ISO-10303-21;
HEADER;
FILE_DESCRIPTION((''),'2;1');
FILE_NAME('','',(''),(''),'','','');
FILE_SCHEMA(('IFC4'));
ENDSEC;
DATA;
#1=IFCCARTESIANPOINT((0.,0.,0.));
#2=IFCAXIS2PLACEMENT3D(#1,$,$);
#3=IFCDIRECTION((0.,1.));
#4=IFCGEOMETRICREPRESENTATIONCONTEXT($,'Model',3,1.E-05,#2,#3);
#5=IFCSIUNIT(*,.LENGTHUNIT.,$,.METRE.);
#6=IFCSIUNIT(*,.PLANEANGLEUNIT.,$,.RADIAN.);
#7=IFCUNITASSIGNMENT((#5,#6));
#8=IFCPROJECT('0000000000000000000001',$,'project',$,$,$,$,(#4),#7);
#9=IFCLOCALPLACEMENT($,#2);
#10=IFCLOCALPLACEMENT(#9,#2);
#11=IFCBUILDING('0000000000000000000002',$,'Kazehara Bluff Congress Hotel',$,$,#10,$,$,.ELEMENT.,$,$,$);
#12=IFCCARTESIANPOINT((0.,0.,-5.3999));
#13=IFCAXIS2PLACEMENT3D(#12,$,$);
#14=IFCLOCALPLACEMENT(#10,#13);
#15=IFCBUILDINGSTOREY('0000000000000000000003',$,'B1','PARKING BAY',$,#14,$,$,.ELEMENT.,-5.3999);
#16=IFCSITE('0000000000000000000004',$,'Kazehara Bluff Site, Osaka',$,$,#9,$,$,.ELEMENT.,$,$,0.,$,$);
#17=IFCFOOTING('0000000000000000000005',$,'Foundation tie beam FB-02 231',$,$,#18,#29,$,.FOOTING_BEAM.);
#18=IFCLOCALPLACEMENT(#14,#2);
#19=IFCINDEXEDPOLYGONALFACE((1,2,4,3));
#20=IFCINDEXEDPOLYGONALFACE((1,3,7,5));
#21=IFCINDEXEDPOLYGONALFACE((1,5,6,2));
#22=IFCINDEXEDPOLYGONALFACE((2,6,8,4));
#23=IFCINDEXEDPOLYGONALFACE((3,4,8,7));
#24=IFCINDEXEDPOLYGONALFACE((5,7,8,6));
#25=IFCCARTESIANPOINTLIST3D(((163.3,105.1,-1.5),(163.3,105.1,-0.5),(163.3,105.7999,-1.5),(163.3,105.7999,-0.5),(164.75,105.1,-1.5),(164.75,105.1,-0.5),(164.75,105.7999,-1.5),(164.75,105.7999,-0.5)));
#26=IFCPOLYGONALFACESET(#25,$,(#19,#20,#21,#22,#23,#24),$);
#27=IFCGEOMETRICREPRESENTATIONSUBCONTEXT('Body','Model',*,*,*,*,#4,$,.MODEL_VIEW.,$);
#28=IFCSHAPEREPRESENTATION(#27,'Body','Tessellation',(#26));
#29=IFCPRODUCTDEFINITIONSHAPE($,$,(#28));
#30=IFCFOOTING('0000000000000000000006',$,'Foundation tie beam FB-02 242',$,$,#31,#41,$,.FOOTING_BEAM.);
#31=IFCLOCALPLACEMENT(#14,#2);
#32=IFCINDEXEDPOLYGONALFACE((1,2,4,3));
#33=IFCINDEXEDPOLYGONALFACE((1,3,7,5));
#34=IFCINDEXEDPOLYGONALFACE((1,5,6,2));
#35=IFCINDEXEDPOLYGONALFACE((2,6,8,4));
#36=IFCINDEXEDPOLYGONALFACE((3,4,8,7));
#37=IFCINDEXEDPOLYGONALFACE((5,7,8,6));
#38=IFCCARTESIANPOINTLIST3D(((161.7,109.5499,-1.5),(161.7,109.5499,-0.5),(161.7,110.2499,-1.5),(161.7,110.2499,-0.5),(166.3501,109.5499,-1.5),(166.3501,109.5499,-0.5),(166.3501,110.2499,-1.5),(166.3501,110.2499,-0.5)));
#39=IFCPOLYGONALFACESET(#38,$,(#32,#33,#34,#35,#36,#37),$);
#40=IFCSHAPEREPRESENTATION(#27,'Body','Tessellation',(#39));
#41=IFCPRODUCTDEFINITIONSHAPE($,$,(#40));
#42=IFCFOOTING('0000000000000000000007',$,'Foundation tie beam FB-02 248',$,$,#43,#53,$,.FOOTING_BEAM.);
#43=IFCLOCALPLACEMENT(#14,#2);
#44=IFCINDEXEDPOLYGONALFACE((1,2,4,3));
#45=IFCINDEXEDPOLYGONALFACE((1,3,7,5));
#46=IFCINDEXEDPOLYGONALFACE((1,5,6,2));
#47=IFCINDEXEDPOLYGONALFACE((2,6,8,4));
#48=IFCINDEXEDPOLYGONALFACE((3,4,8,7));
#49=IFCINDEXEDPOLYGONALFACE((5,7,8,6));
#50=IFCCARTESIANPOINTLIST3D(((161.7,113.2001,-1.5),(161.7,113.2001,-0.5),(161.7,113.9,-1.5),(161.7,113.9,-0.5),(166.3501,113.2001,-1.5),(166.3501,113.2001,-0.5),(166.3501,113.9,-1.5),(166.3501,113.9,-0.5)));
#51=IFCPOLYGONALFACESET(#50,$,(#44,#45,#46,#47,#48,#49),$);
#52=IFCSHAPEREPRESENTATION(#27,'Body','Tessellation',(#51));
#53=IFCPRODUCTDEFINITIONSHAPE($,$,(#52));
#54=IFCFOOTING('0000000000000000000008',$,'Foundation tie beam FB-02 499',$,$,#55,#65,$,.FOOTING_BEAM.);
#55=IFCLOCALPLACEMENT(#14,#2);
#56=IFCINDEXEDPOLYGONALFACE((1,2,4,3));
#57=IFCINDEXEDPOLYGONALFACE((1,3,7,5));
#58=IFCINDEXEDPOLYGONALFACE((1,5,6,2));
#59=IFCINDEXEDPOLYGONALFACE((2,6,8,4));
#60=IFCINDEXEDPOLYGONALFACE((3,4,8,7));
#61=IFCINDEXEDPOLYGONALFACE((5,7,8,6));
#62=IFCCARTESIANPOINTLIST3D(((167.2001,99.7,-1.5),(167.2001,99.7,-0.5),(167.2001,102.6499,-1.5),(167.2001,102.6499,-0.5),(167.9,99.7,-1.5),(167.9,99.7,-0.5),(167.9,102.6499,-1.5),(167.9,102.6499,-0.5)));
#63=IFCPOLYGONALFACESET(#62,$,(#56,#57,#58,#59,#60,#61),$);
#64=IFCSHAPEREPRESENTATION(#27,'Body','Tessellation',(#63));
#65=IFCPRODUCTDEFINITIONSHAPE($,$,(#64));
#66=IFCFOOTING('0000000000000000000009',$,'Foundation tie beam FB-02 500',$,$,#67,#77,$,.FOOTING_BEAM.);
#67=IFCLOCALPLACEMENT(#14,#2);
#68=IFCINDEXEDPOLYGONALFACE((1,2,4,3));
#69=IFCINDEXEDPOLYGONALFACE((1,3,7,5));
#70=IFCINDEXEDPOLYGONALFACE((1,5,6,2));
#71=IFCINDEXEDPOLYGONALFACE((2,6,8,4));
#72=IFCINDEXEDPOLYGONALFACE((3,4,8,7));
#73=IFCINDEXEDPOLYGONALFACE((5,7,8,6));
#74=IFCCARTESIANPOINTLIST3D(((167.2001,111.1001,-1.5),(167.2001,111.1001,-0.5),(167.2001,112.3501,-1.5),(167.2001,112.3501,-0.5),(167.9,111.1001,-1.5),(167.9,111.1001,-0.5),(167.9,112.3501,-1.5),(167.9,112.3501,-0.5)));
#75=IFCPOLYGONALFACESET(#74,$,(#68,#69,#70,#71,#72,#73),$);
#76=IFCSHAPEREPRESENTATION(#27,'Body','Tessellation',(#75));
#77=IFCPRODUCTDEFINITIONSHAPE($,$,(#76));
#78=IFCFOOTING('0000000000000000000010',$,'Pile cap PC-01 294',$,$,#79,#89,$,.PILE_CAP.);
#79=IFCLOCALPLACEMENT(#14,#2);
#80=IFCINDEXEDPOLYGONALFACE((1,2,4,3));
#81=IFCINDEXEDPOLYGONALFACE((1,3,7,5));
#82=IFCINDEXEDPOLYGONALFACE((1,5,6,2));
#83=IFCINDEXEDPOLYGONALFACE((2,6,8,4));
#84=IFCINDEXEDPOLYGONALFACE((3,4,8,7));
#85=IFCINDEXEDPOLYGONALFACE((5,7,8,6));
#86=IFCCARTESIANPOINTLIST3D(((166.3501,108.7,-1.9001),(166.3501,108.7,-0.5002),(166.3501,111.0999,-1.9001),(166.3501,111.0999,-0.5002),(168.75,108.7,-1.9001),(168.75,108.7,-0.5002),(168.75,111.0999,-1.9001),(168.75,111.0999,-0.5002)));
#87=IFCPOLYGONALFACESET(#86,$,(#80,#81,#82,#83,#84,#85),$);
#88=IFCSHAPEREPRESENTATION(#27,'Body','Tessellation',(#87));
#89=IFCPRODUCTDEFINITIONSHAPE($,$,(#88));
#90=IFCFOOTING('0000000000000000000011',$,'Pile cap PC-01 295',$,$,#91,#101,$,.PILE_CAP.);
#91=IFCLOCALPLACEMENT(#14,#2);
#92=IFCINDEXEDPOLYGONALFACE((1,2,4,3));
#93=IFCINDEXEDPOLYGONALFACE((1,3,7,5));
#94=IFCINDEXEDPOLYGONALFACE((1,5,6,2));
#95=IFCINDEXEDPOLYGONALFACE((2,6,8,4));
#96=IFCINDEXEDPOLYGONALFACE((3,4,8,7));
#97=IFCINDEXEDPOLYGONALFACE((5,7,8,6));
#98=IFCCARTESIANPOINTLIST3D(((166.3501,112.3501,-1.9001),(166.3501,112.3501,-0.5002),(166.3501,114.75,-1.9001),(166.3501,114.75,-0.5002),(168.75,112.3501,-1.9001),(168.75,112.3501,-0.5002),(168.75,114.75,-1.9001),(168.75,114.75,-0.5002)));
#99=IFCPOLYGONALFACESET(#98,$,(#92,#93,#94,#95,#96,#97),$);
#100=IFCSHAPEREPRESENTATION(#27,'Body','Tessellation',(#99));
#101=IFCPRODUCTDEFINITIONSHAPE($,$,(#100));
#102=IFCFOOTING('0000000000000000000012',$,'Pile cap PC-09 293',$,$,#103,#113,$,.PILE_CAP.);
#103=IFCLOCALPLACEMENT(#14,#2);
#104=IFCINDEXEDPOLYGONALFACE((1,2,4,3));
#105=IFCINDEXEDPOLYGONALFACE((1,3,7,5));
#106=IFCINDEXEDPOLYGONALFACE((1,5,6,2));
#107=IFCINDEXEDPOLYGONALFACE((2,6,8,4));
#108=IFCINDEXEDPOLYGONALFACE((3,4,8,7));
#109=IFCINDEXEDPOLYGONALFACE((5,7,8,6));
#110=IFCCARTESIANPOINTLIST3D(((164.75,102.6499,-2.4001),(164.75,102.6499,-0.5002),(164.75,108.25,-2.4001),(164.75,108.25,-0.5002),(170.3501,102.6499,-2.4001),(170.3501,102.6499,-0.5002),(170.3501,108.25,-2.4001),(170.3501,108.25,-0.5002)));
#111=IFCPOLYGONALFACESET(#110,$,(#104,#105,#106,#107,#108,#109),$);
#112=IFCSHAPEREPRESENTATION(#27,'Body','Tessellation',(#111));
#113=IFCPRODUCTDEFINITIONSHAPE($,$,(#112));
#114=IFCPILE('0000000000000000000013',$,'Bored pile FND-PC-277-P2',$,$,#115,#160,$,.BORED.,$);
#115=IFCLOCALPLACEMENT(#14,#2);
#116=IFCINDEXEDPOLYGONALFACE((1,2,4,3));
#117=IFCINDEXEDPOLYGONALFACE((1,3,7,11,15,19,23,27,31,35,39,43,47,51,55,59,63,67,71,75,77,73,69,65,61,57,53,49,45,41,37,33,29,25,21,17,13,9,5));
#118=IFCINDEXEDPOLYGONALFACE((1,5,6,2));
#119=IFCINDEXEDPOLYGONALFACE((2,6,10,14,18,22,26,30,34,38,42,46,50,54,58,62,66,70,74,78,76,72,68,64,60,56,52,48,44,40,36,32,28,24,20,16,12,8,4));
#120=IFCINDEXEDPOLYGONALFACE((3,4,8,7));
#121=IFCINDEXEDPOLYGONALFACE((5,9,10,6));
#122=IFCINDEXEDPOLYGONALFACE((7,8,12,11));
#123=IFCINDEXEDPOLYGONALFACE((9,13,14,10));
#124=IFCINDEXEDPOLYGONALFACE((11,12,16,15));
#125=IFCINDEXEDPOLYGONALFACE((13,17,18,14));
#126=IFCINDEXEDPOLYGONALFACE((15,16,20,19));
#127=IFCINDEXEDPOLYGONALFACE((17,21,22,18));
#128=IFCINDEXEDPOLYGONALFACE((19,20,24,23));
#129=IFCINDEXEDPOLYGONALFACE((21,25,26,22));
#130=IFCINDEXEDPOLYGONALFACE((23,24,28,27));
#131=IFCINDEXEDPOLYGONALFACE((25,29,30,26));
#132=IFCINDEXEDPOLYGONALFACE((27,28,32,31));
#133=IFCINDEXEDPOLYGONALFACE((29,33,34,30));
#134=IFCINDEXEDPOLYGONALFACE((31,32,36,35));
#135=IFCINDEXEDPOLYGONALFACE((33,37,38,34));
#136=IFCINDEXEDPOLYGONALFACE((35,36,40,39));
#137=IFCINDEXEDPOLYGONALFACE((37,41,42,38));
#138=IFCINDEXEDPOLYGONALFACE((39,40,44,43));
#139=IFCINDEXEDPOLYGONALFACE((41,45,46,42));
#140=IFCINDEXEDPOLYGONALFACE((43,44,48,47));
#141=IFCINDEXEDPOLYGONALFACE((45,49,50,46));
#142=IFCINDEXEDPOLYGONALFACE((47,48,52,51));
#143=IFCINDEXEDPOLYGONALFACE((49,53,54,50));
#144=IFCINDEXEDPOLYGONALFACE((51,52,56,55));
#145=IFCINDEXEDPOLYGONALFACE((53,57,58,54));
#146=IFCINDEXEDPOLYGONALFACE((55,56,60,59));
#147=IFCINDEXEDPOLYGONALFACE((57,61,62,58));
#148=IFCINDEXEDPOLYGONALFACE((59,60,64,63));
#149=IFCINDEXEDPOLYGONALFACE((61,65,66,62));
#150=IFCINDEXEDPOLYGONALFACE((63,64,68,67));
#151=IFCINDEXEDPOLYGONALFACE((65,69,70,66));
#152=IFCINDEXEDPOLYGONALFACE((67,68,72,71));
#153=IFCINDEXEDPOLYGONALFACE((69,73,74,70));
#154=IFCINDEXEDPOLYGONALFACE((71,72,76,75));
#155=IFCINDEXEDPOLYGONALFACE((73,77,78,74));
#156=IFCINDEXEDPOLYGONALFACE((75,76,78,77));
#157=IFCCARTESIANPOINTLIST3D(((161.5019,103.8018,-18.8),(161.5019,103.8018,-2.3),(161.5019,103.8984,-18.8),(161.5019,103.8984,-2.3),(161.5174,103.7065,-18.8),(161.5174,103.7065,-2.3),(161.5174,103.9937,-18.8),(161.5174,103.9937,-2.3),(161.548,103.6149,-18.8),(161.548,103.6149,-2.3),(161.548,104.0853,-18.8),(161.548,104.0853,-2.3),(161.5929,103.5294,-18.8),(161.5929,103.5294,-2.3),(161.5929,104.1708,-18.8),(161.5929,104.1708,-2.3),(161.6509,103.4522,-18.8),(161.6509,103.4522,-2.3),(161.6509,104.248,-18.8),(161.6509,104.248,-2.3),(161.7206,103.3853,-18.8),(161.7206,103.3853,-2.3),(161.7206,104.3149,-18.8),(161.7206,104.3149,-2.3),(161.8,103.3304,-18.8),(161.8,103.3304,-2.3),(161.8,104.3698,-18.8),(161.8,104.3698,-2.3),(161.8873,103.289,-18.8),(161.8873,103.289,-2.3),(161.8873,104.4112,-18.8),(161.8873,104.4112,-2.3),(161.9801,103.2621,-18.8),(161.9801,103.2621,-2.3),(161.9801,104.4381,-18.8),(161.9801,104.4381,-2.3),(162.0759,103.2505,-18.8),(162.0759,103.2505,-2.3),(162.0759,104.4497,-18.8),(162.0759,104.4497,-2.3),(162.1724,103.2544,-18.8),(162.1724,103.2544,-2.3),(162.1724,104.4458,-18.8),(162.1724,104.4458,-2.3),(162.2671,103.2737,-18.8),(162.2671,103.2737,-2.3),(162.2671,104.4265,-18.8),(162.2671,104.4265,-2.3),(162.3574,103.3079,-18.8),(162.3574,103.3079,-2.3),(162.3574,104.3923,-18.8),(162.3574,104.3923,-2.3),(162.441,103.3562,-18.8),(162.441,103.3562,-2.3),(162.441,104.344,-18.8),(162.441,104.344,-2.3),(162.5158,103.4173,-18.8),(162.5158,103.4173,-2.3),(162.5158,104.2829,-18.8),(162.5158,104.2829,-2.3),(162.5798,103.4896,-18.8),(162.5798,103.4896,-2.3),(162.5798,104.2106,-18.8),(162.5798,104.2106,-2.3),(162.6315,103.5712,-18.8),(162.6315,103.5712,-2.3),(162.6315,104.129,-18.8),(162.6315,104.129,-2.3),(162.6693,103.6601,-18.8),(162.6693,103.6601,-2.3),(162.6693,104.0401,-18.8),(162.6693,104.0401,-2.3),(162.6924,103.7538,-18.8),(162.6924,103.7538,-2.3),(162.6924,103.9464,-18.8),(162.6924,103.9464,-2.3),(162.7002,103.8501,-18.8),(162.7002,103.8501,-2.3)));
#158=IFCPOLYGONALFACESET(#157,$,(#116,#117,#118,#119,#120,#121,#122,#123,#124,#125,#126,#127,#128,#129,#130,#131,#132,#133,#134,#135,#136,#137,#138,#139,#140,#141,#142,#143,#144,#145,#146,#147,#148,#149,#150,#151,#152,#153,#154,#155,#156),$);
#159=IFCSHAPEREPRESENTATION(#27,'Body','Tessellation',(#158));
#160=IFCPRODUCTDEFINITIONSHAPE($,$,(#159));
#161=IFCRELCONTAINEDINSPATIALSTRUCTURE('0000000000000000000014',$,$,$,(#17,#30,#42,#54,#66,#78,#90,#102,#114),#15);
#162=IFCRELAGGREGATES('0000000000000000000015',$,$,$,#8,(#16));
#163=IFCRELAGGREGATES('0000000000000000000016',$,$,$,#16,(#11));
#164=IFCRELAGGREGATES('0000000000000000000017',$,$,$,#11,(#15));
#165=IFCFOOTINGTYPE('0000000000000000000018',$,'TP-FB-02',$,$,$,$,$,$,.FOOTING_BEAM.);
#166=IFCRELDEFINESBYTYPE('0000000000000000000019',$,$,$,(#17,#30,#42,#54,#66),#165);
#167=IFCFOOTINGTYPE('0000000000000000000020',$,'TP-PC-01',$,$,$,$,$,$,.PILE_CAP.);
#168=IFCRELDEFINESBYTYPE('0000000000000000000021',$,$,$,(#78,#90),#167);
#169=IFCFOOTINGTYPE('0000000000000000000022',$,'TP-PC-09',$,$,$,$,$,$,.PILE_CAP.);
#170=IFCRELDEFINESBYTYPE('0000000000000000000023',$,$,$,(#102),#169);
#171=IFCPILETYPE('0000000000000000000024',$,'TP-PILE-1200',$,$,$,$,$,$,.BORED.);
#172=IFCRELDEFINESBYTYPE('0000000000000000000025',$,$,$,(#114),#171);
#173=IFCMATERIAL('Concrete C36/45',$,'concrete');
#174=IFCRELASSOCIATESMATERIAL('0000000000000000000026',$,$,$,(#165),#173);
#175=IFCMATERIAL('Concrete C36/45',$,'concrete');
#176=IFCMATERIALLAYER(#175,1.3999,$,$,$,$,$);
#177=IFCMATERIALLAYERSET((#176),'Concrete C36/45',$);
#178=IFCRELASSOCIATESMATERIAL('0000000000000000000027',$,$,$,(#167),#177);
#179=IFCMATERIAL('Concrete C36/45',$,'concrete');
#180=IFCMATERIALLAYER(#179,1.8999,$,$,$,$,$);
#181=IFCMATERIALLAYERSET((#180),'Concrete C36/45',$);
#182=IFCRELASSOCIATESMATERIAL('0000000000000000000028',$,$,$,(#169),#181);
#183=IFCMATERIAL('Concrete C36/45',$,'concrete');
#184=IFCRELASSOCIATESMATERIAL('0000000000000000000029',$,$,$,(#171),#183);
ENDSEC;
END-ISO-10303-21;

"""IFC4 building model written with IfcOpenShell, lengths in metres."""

from ifc_helpers import new_model, si_unit, direction, frame, origin, origin_2d, place, context, subcontext, project, spatial, rectangle, circle, extrude, material, layer, layer_set, material_profile, profile_set, type_object, element, save


model = new_model("IFC4")

# Units and contexts
model_context = context("Model", 3, precision=1e-05, world=origin(), true_north=direction((0.0, 1.0)))
body_context = subcontext(model_context, "Body", "Model", "MODEL_VIEW")
ifc_project = project(units=[si_unit("LENGTHUNIT", "METRE"), si_unit("PLANEANGLEUNIT", "RADIAN")], contexts=[model_context])

# Site, building, storey
site_placement = place(None, origin())
site = spatial("IfcSite", under=ifc_project, at=site_placement, Name="Kazehara Bluff Site, Osaka", CompositionType="ELEMENT", RefElevation=0.0)
building_placement = place(site_placement, origin())
building = spatial("IfcBuilding", under=site, at=building_placement, Name="Kazehara Bluff Congress Hotel", CompositionType="ELEMENT")
storey_placement = place(building_placement, frame((0.0, 0.0, -5.3999)))
storey = spatial("IfcBuildingStorey", under=building, at=storey_placement, Name="B1", Description="PARKING BAY", CompositionType="ELEMENT", Elevation=-5.3999)

# Footings
ifc_material_1 = material(Name="Concrete C36/45", Category="concrete")
ifc_material_profile_1 = material_profile(ifc_material_1, rectangle(XDim=0.7, YDim=1.0, at=origin_2d()))
ifc_profile_set_1 = profile_set([ifc_material_profile_1], Name="Concrete C36/45")
footing_type_1 = type_object("IfcFootingType", Name="TP-FB-02", PredefinedType="FOOTING_BEAM", material=ifc_profile_set_1)
footing_1_placement = place(storey_placement, frame((163.3, 105.45, -1.0), z_axis=(1.0, 0.0, 0.0), x_axis=(0.0, 1.0, 0.0)))
element("IfcFooting", 1, at=footing_1_placement, inside=storey, type_object=footing_type_1, Name="Foundation tie beam FB-02 231", PredefinedType="FOOTING_BEAM", context=body_context, shape_type="SweptSolid", body=[
    extrude(rectangle(XDim=0.7, YDim=1.0, at=origin_2d()), origin(), (0.0, 0.0, 1.0), 1.45),
])
for number, where, z_axis, x_axis, name in (
    (2, (161.7, 109.8999, -1.0), (1.0, 0.0, 0.0), (0.0, 1.0, 0.0), "Foundation tie beam FB-02 242"),
    (3, (161.7, 113.55, -1.0), (1.0, 0.0, 0.0), (0.0, 1.0, 0.0), "Foundation tie beam FB-02 248"),
):
    element("IfcFooting", number, at=place(storey_placement, frame(where, z_axis=z_axis, x_axis=x_axis)), inside=storey, type_object=footing_type_1, Name=name, PredefinedType="FOOTING_BEAM", context=body_context, shape_type="SweptSolid", body=[
        extrude(rectangle(XDim=0.7, YDim=1.0, at=origin_2d()), origin(), (0.0, 0.0, 1.0), 4.6501),
    ])
footing_2_placement = place(storey_placement, frame((167.55, 99.7, -1.0), z_axis=(0.0, 1.0, 0.0), x_axis=(-1.0, 0.0, 0.0)))
element("IfcFooting", 4, at=footing_2_placement, inside=storey, type_object=footing_type_1, Name="Foundation tie beam FB-02 499", PredefinedType="FOOTING_BEAM", context=body_context, shape_type="SweptSolid", body=[
    extrude(rectangle(XDim=0.7, YDim=1.0, at=origin_2d()), origin(), (0.0, 0.0, 1.0), 2.95),
])
footing_3_placement = place(storey_placement, frame((167.55, 111.1001, -1.0), z_axis=(0.0, 1.0, 0.0), x_axis=(-1.0, 0.0, 0.0)))
element("IfcFooting", 5, at=footing_3_placement, inside=storey, type_object=footing_type_1, Name="Foundation tie beam FB-02 500", PredefinedType="FOOTING_BEAM", context=body_context, shape_type="SweptSolid", body=[
    extrude(rectangle(XDim=0.7, YDim=1.0, at=origin_2d()), origin(), (0.0, 0.0, 1.0), 1.25),
])
ifc_material_2 = material(Name="Concrete C36/45", Category="concrete")
ifc_layer_1 = layer(ifc_material_2, 1.3999)
ifc_layer_set_1 = layer_set([ifc_layer_1], Name="Concrete C36/45")
footing_type_2 = type_object("IfcFootingType", Name="TP-PC-01", PredefinedType="PILE_CAP", material=ifc_layer_set_1)
for number, where, z_axis, x_axis, name in (
    (6, (167.55, 109.8999, -1.9001), (0.0, 0.0, 1.0), (1.0, 0.0, 0.0), "Pile cap PC-01 294"),
    (7, (167.55, 113.55, -1.9001), (0.0, 0.0, 1.0), (1.0, 0.0, 0.0), "Pile cap PC-01 295"),
):
    element("IfcFooting", number, at=place(storey_placement, frame(where, z_axis=z_axis, x_axis=x_axis)), inside=storey, type_object=footing_type_2, Name=name, PredefinedType="PILE_CAP", context=body_context, shape_type="SweptSolid", body=[
        extrude(rectangle(XDim=2.3999, YDim=2.3999, at=origin_2d()), origin(), (0.0, 0.0, 1.0), 1.3999),
    ])
ifc_material_3 = material(Name="Concrete C36/45", Category="concrete")
ifc_layer_2 = layer(ifc_material_3, 1.8999)
ifc_layer_set_2 = layer_set([ifc_layer_2], Name="Concrete C36/45")
footing_type_3 = type_object("IfcFootingType", Name="TP-PC-09", PredefinedType="PILE_CAP", material=ifc_layer_set_2)
footing_4_placement = place(storey_placement, frame((167.55, 105.45, -2.4001), z_axis=(0.0, 0.0, 1.0), x_axis=(1.0, 0.0, 0.0)))
element("IfcFooting", 8, at=footing_4_placement, inside=storey, type_object=footing_type_3, Name="Pile cap PC-09 293", PredefinedType="PILE_CAP", context=body_context, shape_type="SweptSolid", body=[
    extrude(rectangle(XDim=5.6001, YDim=5.6001, at=origin_2d()), origin(), (0.0, 0.0, 1.0), 1.8999),
])

# Pile
ifc_material_4 = material(Name="Concrete C36/45", Category="concrete")
ifc_material_profile_2 = material_profile(ifc_material_4, circle(Radius=0.6001, at=origin_2d()))
ifc_profile_set_2 = profile_set([ifc_material_profile_2], Name="Concrete C36/45")
pile_type = type_object("IfcPileType", Name="TP-PILE-1200", PredefinedType="BORED", material=ifc_profile_set_2)
for number, where, z_axis, x_axis, name in (
    (9, (162.1001, 103.8501, -2.3), (0.0, 0.0, -1.0), (1.0, 0.0, 0.0), "Bored pile FND-PC-277-P2"),
):
    element("IfcPile", number, at=place(storey_placement, frame(where, z_axis=z_axis, x_axis=x_axis)), inside=storey, type_object=pile_type, Name=name, PredefinedType="BORED", context=body_context, shape_type="SweptSolid", body=[
        extrude(circle(Radius=0.6001, at=origin_2d()), origin(), (0.0, 0.0, 1.0), 16.5),
    ])

save(model, "model.ifc")
